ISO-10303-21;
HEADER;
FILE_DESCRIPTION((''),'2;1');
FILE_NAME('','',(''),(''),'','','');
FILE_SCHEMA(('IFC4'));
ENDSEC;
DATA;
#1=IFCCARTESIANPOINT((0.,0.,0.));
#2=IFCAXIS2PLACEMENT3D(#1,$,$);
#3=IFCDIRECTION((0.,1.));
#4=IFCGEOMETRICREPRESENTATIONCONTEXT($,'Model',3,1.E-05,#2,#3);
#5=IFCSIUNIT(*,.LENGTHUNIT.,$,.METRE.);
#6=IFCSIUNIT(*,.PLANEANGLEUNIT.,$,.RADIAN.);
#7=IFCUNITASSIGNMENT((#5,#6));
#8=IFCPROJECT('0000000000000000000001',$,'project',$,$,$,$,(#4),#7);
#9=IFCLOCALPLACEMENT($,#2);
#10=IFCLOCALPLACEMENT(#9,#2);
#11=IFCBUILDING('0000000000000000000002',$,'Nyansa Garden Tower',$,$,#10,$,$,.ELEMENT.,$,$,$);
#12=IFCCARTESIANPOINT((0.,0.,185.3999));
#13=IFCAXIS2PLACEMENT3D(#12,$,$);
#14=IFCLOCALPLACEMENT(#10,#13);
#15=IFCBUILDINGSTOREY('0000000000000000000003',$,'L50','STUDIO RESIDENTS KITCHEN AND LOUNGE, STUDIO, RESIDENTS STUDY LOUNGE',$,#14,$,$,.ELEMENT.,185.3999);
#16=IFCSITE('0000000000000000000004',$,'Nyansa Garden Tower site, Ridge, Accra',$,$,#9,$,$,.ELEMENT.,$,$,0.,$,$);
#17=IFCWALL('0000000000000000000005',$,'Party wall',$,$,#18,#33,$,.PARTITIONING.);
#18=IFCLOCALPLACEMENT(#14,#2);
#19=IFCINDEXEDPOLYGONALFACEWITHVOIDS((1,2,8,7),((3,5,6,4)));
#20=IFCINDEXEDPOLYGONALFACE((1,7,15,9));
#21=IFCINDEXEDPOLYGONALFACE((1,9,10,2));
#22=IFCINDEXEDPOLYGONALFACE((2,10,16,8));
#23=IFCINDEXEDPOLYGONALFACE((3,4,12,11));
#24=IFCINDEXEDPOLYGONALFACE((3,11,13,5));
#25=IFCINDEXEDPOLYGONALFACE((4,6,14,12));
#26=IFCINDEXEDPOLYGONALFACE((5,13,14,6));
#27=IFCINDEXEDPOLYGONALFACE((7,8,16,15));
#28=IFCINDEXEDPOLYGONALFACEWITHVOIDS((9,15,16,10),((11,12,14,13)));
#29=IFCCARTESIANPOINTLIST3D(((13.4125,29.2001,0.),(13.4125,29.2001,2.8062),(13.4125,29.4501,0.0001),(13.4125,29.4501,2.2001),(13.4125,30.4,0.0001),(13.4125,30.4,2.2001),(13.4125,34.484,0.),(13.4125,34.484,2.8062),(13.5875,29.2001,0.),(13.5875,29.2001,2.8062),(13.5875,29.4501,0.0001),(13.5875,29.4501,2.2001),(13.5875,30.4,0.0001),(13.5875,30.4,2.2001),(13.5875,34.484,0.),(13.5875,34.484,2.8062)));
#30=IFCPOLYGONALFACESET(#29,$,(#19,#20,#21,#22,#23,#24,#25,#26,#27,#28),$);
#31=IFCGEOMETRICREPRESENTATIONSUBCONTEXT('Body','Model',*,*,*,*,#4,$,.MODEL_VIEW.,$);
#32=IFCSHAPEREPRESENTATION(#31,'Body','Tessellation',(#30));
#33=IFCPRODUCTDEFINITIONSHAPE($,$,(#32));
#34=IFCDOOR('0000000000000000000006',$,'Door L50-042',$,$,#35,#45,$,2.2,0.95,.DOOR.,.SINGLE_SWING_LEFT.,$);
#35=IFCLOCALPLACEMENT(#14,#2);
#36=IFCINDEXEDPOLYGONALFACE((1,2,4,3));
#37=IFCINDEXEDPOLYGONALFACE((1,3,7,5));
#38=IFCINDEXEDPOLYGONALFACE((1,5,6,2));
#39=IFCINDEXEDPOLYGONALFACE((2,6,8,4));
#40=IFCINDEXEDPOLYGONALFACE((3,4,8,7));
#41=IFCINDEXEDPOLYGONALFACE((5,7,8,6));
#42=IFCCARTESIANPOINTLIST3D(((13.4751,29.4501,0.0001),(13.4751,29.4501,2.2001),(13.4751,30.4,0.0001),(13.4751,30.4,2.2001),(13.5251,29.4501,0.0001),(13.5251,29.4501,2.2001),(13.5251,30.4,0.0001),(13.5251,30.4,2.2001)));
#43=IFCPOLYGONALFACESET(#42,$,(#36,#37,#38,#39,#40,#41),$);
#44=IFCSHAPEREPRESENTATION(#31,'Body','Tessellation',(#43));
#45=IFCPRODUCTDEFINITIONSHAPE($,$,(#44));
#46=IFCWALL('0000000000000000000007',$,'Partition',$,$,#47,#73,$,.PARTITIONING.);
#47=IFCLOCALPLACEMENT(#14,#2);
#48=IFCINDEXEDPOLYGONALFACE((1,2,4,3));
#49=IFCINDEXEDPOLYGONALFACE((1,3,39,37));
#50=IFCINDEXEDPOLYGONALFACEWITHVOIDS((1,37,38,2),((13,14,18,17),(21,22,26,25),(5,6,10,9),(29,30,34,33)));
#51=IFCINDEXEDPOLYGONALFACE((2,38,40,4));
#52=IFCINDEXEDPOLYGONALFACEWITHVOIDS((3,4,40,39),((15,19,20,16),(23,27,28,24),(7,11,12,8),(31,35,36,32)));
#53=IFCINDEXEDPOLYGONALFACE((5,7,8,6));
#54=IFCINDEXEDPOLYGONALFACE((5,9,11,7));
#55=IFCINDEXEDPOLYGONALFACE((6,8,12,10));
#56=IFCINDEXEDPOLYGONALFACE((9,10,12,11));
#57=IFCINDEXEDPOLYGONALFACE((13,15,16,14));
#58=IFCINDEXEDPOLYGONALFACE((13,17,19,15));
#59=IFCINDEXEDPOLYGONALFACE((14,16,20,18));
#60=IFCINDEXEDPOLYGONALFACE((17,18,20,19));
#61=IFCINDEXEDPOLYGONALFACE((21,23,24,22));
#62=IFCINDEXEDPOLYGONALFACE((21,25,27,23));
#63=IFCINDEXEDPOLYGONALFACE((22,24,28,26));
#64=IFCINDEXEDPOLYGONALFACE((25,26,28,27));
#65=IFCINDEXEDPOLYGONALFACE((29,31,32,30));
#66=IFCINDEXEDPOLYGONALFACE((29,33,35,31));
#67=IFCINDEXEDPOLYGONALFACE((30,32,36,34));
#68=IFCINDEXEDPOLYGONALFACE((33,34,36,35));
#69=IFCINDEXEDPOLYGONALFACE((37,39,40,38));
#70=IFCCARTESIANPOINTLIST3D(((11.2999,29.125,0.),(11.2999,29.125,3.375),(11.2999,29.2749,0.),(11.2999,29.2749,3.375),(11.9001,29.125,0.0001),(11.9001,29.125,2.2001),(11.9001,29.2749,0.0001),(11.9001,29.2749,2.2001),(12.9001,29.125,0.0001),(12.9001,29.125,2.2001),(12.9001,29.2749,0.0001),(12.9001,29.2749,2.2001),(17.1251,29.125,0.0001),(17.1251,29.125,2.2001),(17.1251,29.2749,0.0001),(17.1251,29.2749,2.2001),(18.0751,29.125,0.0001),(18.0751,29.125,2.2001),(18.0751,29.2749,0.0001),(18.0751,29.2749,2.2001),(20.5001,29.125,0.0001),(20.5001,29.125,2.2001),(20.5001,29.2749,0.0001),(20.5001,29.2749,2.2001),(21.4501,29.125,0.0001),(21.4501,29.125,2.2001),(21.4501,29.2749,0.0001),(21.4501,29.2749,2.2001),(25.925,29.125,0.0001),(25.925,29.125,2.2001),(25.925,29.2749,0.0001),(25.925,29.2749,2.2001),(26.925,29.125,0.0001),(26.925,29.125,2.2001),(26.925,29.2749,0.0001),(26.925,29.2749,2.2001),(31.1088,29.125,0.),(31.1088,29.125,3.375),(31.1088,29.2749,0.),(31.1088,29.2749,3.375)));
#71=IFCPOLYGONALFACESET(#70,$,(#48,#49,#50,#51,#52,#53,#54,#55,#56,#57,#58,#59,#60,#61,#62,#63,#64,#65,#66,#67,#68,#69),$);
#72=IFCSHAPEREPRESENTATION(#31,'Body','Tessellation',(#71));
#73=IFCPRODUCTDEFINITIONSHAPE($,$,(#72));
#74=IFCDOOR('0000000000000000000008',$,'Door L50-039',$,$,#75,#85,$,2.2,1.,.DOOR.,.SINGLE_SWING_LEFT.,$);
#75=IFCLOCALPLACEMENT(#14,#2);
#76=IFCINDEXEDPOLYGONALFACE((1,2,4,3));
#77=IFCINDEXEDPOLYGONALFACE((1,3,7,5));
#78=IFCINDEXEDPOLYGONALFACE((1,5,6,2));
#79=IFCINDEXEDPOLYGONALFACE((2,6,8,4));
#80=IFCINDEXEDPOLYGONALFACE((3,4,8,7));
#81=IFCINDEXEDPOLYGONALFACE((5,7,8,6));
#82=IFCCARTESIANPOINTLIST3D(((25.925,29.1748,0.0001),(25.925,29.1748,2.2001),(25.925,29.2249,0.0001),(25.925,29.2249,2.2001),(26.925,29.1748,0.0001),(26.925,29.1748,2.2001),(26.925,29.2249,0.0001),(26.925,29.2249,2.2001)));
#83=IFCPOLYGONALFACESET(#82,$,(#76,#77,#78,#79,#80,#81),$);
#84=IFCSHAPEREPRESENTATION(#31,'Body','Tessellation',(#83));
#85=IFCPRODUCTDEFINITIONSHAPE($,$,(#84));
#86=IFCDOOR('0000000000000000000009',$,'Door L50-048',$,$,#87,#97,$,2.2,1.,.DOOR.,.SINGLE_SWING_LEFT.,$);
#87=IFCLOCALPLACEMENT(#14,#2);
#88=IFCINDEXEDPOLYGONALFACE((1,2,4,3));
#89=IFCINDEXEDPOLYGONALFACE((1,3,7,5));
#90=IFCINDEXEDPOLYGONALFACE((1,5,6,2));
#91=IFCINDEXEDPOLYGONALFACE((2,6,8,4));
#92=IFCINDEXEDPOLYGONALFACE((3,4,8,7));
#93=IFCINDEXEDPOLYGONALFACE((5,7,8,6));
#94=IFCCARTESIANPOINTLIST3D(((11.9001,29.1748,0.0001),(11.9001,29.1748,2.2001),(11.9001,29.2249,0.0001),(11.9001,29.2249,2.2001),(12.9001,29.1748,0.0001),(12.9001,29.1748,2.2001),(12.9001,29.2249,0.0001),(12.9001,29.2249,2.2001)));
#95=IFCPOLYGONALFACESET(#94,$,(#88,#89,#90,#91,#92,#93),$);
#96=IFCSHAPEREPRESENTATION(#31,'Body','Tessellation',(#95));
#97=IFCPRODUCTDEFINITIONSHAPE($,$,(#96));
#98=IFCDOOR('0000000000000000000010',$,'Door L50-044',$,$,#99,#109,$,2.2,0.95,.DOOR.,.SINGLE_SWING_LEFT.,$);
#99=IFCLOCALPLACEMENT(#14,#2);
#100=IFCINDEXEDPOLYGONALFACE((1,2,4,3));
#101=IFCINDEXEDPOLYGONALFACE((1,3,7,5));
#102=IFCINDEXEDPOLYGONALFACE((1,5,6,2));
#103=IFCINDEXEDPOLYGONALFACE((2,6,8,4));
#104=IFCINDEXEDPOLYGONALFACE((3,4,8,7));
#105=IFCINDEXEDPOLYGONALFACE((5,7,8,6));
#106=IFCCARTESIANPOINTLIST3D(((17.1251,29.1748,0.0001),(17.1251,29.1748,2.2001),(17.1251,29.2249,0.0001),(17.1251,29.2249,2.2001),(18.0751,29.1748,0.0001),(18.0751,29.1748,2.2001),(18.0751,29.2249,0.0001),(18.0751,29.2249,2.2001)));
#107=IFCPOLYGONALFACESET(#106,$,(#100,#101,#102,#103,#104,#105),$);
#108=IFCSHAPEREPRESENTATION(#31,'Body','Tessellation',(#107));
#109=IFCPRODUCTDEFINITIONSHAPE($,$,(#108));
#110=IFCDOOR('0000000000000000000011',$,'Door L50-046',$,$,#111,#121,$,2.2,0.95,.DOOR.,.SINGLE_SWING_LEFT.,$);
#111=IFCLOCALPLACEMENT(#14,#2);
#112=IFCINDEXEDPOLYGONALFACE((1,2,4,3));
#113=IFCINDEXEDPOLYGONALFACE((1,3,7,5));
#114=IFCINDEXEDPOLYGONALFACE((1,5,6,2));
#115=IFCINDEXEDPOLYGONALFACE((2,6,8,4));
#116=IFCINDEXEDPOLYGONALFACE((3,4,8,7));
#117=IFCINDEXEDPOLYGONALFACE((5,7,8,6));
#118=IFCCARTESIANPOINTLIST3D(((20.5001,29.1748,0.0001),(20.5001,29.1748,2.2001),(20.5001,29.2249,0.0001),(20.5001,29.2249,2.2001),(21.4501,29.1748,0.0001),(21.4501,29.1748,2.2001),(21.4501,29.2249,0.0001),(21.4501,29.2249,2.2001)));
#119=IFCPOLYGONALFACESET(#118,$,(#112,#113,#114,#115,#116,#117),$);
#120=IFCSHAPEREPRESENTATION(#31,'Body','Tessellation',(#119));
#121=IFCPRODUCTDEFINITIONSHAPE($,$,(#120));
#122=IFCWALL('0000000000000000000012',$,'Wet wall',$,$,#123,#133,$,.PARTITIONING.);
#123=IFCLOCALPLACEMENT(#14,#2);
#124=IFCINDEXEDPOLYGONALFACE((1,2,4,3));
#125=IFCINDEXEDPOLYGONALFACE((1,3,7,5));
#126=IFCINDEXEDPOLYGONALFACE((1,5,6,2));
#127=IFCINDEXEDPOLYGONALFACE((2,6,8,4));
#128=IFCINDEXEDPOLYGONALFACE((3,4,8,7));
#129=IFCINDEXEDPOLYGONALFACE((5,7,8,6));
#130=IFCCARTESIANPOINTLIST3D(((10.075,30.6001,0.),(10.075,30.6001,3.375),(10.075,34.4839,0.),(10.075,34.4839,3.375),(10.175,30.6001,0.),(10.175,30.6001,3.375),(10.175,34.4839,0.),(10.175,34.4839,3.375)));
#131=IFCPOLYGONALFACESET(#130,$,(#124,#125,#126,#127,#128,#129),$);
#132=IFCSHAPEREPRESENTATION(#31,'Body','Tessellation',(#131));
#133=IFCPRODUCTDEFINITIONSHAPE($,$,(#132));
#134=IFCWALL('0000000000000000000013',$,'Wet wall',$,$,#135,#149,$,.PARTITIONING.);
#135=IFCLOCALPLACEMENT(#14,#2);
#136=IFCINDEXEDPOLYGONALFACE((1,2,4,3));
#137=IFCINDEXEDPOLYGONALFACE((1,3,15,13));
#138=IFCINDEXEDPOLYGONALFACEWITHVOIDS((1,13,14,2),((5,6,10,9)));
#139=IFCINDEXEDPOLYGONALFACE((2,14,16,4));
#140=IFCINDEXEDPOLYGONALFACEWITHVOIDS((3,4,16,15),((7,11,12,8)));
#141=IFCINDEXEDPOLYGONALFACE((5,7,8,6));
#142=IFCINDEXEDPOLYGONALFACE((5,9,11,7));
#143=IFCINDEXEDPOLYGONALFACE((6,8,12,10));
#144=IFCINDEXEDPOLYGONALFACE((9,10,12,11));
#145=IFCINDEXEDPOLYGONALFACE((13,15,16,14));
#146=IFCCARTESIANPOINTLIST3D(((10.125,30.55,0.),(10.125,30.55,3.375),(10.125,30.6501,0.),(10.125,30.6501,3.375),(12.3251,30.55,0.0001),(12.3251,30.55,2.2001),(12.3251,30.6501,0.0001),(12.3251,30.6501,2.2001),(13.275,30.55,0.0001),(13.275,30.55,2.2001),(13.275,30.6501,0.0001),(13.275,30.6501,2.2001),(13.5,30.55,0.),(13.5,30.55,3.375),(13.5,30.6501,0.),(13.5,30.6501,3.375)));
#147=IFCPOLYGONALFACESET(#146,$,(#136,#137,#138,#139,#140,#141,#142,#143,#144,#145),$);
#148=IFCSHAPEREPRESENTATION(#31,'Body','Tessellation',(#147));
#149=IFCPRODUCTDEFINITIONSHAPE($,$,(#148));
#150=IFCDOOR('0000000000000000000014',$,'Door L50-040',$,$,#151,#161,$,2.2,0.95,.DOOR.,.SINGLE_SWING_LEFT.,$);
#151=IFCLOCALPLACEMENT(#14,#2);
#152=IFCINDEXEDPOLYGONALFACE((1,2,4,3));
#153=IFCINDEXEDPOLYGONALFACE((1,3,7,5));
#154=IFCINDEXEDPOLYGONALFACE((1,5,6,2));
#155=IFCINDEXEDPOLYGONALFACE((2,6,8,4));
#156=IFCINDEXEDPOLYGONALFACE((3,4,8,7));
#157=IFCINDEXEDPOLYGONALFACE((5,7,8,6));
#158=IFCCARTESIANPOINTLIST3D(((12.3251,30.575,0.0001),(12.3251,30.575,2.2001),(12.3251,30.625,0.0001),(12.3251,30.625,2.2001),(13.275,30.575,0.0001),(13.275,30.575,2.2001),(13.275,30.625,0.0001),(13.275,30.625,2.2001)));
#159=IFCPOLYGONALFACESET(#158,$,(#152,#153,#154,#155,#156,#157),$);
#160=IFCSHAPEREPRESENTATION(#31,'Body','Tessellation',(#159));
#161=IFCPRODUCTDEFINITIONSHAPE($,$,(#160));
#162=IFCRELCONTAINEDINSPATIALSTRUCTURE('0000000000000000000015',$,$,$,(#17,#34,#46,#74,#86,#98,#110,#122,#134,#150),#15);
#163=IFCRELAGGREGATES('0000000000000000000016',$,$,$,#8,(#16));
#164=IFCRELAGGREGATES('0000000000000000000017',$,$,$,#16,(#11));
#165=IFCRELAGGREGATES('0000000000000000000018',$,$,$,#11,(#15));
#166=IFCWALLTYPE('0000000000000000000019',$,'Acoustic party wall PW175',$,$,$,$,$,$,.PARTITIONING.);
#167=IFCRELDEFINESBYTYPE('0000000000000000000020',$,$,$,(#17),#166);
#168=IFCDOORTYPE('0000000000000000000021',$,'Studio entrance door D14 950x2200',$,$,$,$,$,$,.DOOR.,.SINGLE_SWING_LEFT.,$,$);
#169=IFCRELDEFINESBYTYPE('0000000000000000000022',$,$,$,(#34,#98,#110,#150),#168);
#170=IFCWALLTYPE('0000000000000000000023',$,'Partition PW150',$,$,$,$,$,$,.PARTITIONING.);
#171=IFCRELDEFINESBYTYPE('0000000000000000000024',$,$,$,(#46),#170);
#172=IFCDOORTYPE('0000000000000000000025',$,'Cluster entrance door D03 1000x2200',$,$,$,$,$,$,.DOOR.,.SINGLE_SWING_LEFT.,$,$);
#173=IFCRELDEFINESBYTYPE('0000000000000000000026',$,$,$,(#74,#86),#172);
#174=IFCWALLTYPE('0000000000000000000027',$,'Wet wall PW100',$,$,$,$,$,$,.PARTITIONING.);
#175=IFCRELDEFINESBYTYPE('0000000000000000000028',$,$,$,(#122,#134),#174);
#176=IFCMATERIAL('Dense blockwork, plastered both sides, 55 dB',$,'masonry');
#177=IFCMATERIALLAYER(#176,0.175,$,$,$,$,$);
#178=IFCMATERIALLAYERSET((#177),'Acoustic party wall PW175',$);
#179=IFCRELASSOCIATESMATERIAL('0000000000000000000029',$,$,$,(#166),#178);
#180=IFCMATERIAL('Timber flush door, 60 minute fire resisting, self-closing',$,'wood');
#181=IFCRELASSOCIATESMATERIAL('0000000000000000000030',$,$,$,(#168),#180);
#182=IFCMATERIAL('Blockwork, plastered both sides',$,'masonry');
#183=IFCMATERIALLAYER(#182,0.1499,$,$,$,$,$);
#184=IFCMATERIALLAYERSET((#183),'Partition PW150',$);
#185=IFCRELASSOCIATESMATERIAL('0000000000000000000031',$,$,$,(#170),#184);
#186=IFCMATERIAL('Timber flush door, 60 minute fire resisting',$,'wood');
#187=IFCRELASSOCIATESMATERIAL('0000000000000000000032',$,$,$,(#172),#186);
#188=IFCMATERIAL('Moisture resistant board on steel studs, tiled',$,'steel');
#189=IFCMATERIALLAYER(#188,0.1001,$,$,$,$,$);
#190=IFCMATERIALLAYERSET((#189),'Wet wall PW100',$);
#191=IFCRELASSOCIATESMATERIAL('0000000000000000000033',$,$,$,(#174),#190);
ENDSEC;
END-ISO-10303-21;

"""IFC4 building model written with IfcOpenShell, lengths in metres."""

from ifc_helpers import new_model, si_unit, direction, frame, frame_2d, origin, place, context, subcontext, project, spatial, rectangle, extrude, material, layer, layer_set, type_object, element, fill, save


model = new_model("IFC4")

# Units and contexts
model_context = context("Model", 3, precision=1e-05, world=origin(), true_north=direction((0.0, 1.0)))
body_context = subcontext(model_context, "Body", "Model", "MODEL_VIEW")
ifc_project = project(units=[si_unit("LENGTHUNIT", "METRE"), si_unit("PLANEANGLEUNIT", "RADIAN")], contexts=[model_context])

# Site, building, storey
site_placement = place(None, origin())
site = spatial("IfcSite", under=ifc_project, at=site_placement, Name="Nyansa Garden Tower site, Ridge, Accra", CompositionType="ELEMENT", RefElevation=0.0)
building_placement = place(site_placement, origin())
building = spatial("IfcBuilding", under=site, at=building_placement, Name="Nyansa Garden Tower", CompositionType="ELEMENT")
storey_placement = place(building_placement, frame((0.0, 0.0, 185.3999)))
storey = spatial("IfcBuildingStorey", under=building, at=storey_placement, Name="L50", Description="STUDIO RESIDENTS KITCHEN AND LOUNGE, STUDIO, RESIDENTS STUDY LOUNGE", CompositionType="ELEMENT", Elevation=185.3999)

# Wall, opening, door
ifc_material_1 = material(Name="Dense blockwork, plastered both sides, 55 dB", Category="masonry")
ifc_layer_1 = layer(ifc_material_1, 0.175)
ifc_layer_set_1 = layer_set([ifc_layer_1], Name="Acoustic party wall PW175")
wall_type_1 = type_object("IfcWallType", Name="Acoustic party wall PW175", PredefinedType="PARTITIONING", material=ifc_layer_set_1)
wall_1_placement = place(storey_placement, frame((13.5, 29.2, 0.0), z_axis=(0.0, 0.0, 1.0), x_axis=(0.0, 1.0, 0.0)))
wall_1 = element("IfcWall", 1, at=wall_1_placement, inside=storey, type_object=wall_type_1, Name="Party wall", PredefinedType="PARTITIONING", context=body_context, shape_type="SweptSolid", body=[
    extrude(rectangle(XDim=5.2839, YDim=0.175, at=frame_2d((2.6421, 0.0))), origin(), (0.0, 0.0, 1.0), 2.8062),
])
opening_1_placement = place(wall_1_placement, frame((0.25, 0.0, 0.0)))
opening_1 = element("IfcOpeningElement", 2, at=opening_1_placement, cuts=wall_1, PredefinedType="OPENING", context=body_context, shape_type="SweptSolid", body=[
    extrude(rectangle(XDim=0.95, YDim=2.2, at=frame_2d((0.4751, 1.1001))), frame((0.0, 0.0974, 0.0), z_axis=(0.0, -1.0, 0.0), x_axis=(1.0, 0.0, 0.0)), (0.0, 0.0, 1.0), 0.1951),
])
ifc_material_2 = material(Name="Timber flush door, 60 minute fire resisting, self-closing", Category="wood")
door_type_1 = type_object("IfcDoorType", Name="Studio entrance door D14 950x2200", OperationType="SINGLE_SWING_LEFT", PredefinedType="DOOR", material=ifc_material_2)
door_1_placement = place(opening_1_placement, origin())
door_1 = element("IfcDoor", 3, at=door_1_placement, inside=storey, type_object=door_type_1, Name="Door L50-042", OperationType="SINGLE_SWING_LEFT", OverallHeight=2.2, OverallWidth=0.95, PredefinedType="DOOR", context=body_context, shape_type="SweptSolid", body=[
    extrude(rectangle(XDim=0.95, YDim=2.2, at=frame_2d((0.4751, 1.1001))), frame((0.0, 0.0249, 0.0), z_axis=(0.0, -1.0, 0.0), x_axis=(1.0, 0.0, 0.0)), (0.0, 0.0, 1.0), 0.05),
])
fill(opening_1, door_1)

# Wall, openings, doors
ifc_material_3 = material(Name="Blockwork, plastered both sides", Category="masonry")
ifc_layer_2 = layer(ifc_material_3, 0.1499)
ifc_layer_set_2 = layer_set([ifc_layer_2], Name="Partition PW150")
wall_type_2 = type_object("IfcWallType", Name="Partition PW150", PredefinedType="PARTITIONING", material=ifc_layer_set_2)
wall_2_placement = place(storey_placement, frame((11.3, 29.2, 0.0), z_axis=(0.0, 0.0, 1.0), x_axis=(1.0, 0.0, 0.0)))
wall_2 = element("IfcWall", 4, at=wall_2_placement, inside=storey, type_object=wall_type_2, Name="Partition", PredefinedType="PARTITIONING", context=body_context, shape_type="SweptSolid", body=[
    extrude(rectangle(XDim=19.8088, YDim=0.1499, at=frame_2d((9.9043, 0.0))), origin(), (0.0, 0.0, 1.0), 3.375),
])
opening_2_placement = place(wall_2_placement, frame((14.625, 0.0, 0.0)))
opening_2 = element("IfcOpeningElement", 5, at=opening_2_placement, cuts=wall_2, PredefinedType="OPENING", context=body_context, shape_type="SweptSolid", body=[
    extrude(rectangle(XDim=1.0, YDim=2.2, at=frame_2d((0.5, 1.1001))), frame((0.0, 0.085, 0.0), z_axis=(0.0, -1.0, 0.0), x_axis=(1.0, 0.0, 0.0)), (0.0, 0.0, 1.0), 0.1699),
])
opening_3_placement = place(wall_2_placement, frame((5.825, 0.0, 0.0)))
opening_3 = element("IfcOpeningElement", 6, at=opening_3_placement, cuts=wall_2, PredefinedType="OPENING", context=body_context, shape_type="SweptSolid", body=[
    extrude(rectangle(XDim=0.95, YDim=2.2, at=frame_2d((0.4751, 1.1001))), frame((0.0, 0.085, 0.0), z_axis=(0.0, -1.0, 0.0), x_axis=(1.0, 0.0, 0.0)), (0.0, 0.0, 1.0), 0.1699),
])
opening_4_placement = place(wall_2_placement, frame((9.2, 0.0, 0.0)))
opening_4 = element("IfcOpeningElement", 7, at=opening_4_placement, cuts=wall_2, PredefinedType="OPENING", context=body_context, shape_type="SweptSolid", body=[
    extrude(rectangle(XDim=0.95, YDim=2.2, at=frame_2d((0.4751, 1.1001))), frame((0.0, 0.085, 0.0), z_axis=(0.0, -1.0, 0.0), x_axis=(1.0, 0.0, 0.0)), (0.0, 0.0, 1.0), 0.1699),
])
opening_5_placement = place(wall_2_placement, frame((0.6001, 0.0, 0.0)))
opening_5 = element("IfcOpeningElement", 8, at=opening_5_placement, cuts=wall_2, PredefinedType="OPENING", context=body_context, shape_type="SweptSolid", body=[
    extrude(rectangle(XDim=1.0, YDim=2.2, at=frame_2d((0.5, 1.1001))), frame((0.0, 0.085, 0.0), z_axis=(0.0, -1.0, 0.0), x_axis=(1.0, 0.0, 0.0)), (0.0, 0.0, 1.0), 0.1699),
])
ifc_material_4 = material(Name="Timber flush door, 60 minute fire resisting", Category="wood")
door_type_2 = type_object("IfcDoorType", Name="Cluster entrance door D03 1000x2200", OperationType="SINGLE_SWING_LEFT", PredefinedType="DOOR", material=ifc_material_4)
door_2_placement = place(opening_2_placement, origin())
door_2 = element("IfcDoor", 9, at=door_2_placement, inside=storey, type_object=door_type_2, Name="Door L50-039", OperationType="SINGLE_SWING_LEFT", OverallHeight=2.2, OverallWidth=1.0, PredefinedType="DOOR", context=body_context, shape_type="SweptSolid", body=[
    extrude(rectangle(XDim=1.0, YDim=2.2, at=frame_2d((0.5, 1.1001))), frame((0.0, 0.0249, 0.0), z_axis=(0.0, -1.0, 0.0), x_axis=(1.0, 0.0, 0.0)), (0.0, 0.0, 1.0), 0.05),
])
fill(opening_2, door_2)
door_3_placement = place(opening_5_placement, origin())
door_3 = element("IfcDoor", 10, at=door_3_placement, inside=storey, type_object=door_type_2, Name="Door L50-048", OperationType="SINGLE_SWING_LEFT", OverallHeight=2.2, OverallWidth=1.0, PredefinedType="DOOR", context=body_context, shape_type="SweptSolid", body=[
    extrude(rectangle(XDim=1.0, YDim=2.2, at=frame_2d((0.5, 1.1001))), frame((0.0, 0.0249, 0.0), z_axis=(0.0, -1.0, 0.0), x_axis=(1.0, 0.0, 0.0)), (0.0, 0.0, 1.0), 0.05),
])
fill(opening_5, door_3)
door_4_placement = place(opening_3_placement, origin())
door_4 = element("IfcDoor", 11, at=door_4_placement, inside=storey, type_object=door_type_1, Name="Door L50-044", OperationType="SINGLE_SWING_LEFT", OverallHeight=2.2, OverallWidth=0.95, PredefinedType="DOOR", context=body_context, shape_type="SweptSolid", body=[
    extrude(rectangle(XDim=0.95, YDim=2.2, at=frame_2d((0.4751, 1.1001))), frame((0.0, 0.0249, 0.0), z_axis=(0.0, -1.0, 0.0), x_axis=(1.0, 0.0, 0.0)), (0.0, 0.0, 1.0), 0.05),
])
fill(opening_3, door_4)
door_5_placement = place(opening_4_placement, origin())
door_5 = element("IfcDoor", 12, at=door_5_placement, inside=storey, type_object=door_type_1, Name="Door L50-046", OperationType="SINGLE_SWING_LEFT", OverallHeight=2.2, OverallWidth=0.95, PredefinedType="DOOR", context=body_context, shape_type="SweptSolid", body=[
    extrude(rectangle(XDim=0.95, YDim=2.2, at=frame_2d((0.4751, 1.1001))), frame((0.0, 0.0249, 0.0), z_axis=(0.0, -1.0, 0.0), x_axis=(1.0, 0.0, 0.0)), (0.0, 0.0, 1.0), 0.05),
])
fill(opening_4, door_5)

# Wall
ifc_material_5 = material(Name="Moisture resistant board on steel studs, tiled", Category="steel")
ifc_layer_3 = layer(ifc_material_5, 0.1001)
ifc_layer_set_3 = layer_set([ifc_layer_3], Name="Wet wall PW100")
wall_type_3 = type_object("IfcWallType", Name="Wet wall PW100", PredefinedType="PARTITIONING", material=ifc_layer_set_3)
wall_3_placement = place(storey_placement, frame((10.125, 30.6001, 0.0), z_axis=(0.0, 0.0, 1.0), x_axis=(0.0, 1.0, 0.0)))
element("IfcWall", 13, at=wall_3_placement, inside=storey, type_object=wall_type_3, Name="Wet wall", PredefinedType="PARTITIONING", context=body_context, shape_type="SweptSolid", body=[
    extrude(rectangle(XDim=3.8838, YDim=0.1001, at=frame_2d((1.9419, 0.0))), origin(), (0.0, 0.0, 1.0), 3.375),
])

# Wall, opening, door
wall_4_placement = place(storey_placement, frame((10.125, 30.6001, 0.0), z_axis=(0.0, 0.0, 1.0), x_axis=(1.0, 0.0, 0.0)))
wall_4 = element("IfcWall", 14, at=wall_4_placement, inside=storey, type_object=wall_type_3, Name="Wet wall", PredefinedType="PARTITIONING", context=body_context, shape_type="SweptSolid", body=[
    extrude(rectangle(XDim=3.375, YDim=0.1001, at=frame_2d((1.6875, 0.0))), origin(), (0.0, 0.0, 1.0), 3.375),
])
opening_6_placement = place(wall_4_placement, frame((2.2, 0.0, 0.0)))
opening_6 = element("IfcOpeningElement", 15, at=opening_6_placement, cuts=wall_4, PredefinedType="OPENING", context=body_context, shape_type="SweptSolid", body=[
    extrude(rectangle(XDim=0.95, YDim=2.2, at=frame_2d((0.4751, 1.1001))), frame((0.0, 0.0601, 0.0), z_axis=(0.0, -1.0, 0.0), x_axis=(1.0, 0.0, 0.0)), (0.0, 0.0, 1.0), 0.1201),
])
door_6_placement = place(opening_6_placement, origin())
door_6 = element("IfcDoor", 16, at=door_6_placement, inside=storey, type_object=door_type_1, Name="Door L50-040", OperationType="SINGLE_SWING_LEFT", OverallHeight=2.2, OverallWidth=0.95, PredefinedType="DOOR", context=body_context, shape_type="SweptSolid", body=[
    extrude(rectangle(XDim=0.95, YDim=2.2, at=frame_2d((0.4751, 1.1001))), frame((0.0, 0.0249, 0.0), z_axis=(0.0, -1.0, 0.0), x_axis=(1.0, 0.0, 0.0)), (0.0, 0.0, 1.0), 0.05),
])
fill(opening_6, door_6)

save(model, "model.ifc")
